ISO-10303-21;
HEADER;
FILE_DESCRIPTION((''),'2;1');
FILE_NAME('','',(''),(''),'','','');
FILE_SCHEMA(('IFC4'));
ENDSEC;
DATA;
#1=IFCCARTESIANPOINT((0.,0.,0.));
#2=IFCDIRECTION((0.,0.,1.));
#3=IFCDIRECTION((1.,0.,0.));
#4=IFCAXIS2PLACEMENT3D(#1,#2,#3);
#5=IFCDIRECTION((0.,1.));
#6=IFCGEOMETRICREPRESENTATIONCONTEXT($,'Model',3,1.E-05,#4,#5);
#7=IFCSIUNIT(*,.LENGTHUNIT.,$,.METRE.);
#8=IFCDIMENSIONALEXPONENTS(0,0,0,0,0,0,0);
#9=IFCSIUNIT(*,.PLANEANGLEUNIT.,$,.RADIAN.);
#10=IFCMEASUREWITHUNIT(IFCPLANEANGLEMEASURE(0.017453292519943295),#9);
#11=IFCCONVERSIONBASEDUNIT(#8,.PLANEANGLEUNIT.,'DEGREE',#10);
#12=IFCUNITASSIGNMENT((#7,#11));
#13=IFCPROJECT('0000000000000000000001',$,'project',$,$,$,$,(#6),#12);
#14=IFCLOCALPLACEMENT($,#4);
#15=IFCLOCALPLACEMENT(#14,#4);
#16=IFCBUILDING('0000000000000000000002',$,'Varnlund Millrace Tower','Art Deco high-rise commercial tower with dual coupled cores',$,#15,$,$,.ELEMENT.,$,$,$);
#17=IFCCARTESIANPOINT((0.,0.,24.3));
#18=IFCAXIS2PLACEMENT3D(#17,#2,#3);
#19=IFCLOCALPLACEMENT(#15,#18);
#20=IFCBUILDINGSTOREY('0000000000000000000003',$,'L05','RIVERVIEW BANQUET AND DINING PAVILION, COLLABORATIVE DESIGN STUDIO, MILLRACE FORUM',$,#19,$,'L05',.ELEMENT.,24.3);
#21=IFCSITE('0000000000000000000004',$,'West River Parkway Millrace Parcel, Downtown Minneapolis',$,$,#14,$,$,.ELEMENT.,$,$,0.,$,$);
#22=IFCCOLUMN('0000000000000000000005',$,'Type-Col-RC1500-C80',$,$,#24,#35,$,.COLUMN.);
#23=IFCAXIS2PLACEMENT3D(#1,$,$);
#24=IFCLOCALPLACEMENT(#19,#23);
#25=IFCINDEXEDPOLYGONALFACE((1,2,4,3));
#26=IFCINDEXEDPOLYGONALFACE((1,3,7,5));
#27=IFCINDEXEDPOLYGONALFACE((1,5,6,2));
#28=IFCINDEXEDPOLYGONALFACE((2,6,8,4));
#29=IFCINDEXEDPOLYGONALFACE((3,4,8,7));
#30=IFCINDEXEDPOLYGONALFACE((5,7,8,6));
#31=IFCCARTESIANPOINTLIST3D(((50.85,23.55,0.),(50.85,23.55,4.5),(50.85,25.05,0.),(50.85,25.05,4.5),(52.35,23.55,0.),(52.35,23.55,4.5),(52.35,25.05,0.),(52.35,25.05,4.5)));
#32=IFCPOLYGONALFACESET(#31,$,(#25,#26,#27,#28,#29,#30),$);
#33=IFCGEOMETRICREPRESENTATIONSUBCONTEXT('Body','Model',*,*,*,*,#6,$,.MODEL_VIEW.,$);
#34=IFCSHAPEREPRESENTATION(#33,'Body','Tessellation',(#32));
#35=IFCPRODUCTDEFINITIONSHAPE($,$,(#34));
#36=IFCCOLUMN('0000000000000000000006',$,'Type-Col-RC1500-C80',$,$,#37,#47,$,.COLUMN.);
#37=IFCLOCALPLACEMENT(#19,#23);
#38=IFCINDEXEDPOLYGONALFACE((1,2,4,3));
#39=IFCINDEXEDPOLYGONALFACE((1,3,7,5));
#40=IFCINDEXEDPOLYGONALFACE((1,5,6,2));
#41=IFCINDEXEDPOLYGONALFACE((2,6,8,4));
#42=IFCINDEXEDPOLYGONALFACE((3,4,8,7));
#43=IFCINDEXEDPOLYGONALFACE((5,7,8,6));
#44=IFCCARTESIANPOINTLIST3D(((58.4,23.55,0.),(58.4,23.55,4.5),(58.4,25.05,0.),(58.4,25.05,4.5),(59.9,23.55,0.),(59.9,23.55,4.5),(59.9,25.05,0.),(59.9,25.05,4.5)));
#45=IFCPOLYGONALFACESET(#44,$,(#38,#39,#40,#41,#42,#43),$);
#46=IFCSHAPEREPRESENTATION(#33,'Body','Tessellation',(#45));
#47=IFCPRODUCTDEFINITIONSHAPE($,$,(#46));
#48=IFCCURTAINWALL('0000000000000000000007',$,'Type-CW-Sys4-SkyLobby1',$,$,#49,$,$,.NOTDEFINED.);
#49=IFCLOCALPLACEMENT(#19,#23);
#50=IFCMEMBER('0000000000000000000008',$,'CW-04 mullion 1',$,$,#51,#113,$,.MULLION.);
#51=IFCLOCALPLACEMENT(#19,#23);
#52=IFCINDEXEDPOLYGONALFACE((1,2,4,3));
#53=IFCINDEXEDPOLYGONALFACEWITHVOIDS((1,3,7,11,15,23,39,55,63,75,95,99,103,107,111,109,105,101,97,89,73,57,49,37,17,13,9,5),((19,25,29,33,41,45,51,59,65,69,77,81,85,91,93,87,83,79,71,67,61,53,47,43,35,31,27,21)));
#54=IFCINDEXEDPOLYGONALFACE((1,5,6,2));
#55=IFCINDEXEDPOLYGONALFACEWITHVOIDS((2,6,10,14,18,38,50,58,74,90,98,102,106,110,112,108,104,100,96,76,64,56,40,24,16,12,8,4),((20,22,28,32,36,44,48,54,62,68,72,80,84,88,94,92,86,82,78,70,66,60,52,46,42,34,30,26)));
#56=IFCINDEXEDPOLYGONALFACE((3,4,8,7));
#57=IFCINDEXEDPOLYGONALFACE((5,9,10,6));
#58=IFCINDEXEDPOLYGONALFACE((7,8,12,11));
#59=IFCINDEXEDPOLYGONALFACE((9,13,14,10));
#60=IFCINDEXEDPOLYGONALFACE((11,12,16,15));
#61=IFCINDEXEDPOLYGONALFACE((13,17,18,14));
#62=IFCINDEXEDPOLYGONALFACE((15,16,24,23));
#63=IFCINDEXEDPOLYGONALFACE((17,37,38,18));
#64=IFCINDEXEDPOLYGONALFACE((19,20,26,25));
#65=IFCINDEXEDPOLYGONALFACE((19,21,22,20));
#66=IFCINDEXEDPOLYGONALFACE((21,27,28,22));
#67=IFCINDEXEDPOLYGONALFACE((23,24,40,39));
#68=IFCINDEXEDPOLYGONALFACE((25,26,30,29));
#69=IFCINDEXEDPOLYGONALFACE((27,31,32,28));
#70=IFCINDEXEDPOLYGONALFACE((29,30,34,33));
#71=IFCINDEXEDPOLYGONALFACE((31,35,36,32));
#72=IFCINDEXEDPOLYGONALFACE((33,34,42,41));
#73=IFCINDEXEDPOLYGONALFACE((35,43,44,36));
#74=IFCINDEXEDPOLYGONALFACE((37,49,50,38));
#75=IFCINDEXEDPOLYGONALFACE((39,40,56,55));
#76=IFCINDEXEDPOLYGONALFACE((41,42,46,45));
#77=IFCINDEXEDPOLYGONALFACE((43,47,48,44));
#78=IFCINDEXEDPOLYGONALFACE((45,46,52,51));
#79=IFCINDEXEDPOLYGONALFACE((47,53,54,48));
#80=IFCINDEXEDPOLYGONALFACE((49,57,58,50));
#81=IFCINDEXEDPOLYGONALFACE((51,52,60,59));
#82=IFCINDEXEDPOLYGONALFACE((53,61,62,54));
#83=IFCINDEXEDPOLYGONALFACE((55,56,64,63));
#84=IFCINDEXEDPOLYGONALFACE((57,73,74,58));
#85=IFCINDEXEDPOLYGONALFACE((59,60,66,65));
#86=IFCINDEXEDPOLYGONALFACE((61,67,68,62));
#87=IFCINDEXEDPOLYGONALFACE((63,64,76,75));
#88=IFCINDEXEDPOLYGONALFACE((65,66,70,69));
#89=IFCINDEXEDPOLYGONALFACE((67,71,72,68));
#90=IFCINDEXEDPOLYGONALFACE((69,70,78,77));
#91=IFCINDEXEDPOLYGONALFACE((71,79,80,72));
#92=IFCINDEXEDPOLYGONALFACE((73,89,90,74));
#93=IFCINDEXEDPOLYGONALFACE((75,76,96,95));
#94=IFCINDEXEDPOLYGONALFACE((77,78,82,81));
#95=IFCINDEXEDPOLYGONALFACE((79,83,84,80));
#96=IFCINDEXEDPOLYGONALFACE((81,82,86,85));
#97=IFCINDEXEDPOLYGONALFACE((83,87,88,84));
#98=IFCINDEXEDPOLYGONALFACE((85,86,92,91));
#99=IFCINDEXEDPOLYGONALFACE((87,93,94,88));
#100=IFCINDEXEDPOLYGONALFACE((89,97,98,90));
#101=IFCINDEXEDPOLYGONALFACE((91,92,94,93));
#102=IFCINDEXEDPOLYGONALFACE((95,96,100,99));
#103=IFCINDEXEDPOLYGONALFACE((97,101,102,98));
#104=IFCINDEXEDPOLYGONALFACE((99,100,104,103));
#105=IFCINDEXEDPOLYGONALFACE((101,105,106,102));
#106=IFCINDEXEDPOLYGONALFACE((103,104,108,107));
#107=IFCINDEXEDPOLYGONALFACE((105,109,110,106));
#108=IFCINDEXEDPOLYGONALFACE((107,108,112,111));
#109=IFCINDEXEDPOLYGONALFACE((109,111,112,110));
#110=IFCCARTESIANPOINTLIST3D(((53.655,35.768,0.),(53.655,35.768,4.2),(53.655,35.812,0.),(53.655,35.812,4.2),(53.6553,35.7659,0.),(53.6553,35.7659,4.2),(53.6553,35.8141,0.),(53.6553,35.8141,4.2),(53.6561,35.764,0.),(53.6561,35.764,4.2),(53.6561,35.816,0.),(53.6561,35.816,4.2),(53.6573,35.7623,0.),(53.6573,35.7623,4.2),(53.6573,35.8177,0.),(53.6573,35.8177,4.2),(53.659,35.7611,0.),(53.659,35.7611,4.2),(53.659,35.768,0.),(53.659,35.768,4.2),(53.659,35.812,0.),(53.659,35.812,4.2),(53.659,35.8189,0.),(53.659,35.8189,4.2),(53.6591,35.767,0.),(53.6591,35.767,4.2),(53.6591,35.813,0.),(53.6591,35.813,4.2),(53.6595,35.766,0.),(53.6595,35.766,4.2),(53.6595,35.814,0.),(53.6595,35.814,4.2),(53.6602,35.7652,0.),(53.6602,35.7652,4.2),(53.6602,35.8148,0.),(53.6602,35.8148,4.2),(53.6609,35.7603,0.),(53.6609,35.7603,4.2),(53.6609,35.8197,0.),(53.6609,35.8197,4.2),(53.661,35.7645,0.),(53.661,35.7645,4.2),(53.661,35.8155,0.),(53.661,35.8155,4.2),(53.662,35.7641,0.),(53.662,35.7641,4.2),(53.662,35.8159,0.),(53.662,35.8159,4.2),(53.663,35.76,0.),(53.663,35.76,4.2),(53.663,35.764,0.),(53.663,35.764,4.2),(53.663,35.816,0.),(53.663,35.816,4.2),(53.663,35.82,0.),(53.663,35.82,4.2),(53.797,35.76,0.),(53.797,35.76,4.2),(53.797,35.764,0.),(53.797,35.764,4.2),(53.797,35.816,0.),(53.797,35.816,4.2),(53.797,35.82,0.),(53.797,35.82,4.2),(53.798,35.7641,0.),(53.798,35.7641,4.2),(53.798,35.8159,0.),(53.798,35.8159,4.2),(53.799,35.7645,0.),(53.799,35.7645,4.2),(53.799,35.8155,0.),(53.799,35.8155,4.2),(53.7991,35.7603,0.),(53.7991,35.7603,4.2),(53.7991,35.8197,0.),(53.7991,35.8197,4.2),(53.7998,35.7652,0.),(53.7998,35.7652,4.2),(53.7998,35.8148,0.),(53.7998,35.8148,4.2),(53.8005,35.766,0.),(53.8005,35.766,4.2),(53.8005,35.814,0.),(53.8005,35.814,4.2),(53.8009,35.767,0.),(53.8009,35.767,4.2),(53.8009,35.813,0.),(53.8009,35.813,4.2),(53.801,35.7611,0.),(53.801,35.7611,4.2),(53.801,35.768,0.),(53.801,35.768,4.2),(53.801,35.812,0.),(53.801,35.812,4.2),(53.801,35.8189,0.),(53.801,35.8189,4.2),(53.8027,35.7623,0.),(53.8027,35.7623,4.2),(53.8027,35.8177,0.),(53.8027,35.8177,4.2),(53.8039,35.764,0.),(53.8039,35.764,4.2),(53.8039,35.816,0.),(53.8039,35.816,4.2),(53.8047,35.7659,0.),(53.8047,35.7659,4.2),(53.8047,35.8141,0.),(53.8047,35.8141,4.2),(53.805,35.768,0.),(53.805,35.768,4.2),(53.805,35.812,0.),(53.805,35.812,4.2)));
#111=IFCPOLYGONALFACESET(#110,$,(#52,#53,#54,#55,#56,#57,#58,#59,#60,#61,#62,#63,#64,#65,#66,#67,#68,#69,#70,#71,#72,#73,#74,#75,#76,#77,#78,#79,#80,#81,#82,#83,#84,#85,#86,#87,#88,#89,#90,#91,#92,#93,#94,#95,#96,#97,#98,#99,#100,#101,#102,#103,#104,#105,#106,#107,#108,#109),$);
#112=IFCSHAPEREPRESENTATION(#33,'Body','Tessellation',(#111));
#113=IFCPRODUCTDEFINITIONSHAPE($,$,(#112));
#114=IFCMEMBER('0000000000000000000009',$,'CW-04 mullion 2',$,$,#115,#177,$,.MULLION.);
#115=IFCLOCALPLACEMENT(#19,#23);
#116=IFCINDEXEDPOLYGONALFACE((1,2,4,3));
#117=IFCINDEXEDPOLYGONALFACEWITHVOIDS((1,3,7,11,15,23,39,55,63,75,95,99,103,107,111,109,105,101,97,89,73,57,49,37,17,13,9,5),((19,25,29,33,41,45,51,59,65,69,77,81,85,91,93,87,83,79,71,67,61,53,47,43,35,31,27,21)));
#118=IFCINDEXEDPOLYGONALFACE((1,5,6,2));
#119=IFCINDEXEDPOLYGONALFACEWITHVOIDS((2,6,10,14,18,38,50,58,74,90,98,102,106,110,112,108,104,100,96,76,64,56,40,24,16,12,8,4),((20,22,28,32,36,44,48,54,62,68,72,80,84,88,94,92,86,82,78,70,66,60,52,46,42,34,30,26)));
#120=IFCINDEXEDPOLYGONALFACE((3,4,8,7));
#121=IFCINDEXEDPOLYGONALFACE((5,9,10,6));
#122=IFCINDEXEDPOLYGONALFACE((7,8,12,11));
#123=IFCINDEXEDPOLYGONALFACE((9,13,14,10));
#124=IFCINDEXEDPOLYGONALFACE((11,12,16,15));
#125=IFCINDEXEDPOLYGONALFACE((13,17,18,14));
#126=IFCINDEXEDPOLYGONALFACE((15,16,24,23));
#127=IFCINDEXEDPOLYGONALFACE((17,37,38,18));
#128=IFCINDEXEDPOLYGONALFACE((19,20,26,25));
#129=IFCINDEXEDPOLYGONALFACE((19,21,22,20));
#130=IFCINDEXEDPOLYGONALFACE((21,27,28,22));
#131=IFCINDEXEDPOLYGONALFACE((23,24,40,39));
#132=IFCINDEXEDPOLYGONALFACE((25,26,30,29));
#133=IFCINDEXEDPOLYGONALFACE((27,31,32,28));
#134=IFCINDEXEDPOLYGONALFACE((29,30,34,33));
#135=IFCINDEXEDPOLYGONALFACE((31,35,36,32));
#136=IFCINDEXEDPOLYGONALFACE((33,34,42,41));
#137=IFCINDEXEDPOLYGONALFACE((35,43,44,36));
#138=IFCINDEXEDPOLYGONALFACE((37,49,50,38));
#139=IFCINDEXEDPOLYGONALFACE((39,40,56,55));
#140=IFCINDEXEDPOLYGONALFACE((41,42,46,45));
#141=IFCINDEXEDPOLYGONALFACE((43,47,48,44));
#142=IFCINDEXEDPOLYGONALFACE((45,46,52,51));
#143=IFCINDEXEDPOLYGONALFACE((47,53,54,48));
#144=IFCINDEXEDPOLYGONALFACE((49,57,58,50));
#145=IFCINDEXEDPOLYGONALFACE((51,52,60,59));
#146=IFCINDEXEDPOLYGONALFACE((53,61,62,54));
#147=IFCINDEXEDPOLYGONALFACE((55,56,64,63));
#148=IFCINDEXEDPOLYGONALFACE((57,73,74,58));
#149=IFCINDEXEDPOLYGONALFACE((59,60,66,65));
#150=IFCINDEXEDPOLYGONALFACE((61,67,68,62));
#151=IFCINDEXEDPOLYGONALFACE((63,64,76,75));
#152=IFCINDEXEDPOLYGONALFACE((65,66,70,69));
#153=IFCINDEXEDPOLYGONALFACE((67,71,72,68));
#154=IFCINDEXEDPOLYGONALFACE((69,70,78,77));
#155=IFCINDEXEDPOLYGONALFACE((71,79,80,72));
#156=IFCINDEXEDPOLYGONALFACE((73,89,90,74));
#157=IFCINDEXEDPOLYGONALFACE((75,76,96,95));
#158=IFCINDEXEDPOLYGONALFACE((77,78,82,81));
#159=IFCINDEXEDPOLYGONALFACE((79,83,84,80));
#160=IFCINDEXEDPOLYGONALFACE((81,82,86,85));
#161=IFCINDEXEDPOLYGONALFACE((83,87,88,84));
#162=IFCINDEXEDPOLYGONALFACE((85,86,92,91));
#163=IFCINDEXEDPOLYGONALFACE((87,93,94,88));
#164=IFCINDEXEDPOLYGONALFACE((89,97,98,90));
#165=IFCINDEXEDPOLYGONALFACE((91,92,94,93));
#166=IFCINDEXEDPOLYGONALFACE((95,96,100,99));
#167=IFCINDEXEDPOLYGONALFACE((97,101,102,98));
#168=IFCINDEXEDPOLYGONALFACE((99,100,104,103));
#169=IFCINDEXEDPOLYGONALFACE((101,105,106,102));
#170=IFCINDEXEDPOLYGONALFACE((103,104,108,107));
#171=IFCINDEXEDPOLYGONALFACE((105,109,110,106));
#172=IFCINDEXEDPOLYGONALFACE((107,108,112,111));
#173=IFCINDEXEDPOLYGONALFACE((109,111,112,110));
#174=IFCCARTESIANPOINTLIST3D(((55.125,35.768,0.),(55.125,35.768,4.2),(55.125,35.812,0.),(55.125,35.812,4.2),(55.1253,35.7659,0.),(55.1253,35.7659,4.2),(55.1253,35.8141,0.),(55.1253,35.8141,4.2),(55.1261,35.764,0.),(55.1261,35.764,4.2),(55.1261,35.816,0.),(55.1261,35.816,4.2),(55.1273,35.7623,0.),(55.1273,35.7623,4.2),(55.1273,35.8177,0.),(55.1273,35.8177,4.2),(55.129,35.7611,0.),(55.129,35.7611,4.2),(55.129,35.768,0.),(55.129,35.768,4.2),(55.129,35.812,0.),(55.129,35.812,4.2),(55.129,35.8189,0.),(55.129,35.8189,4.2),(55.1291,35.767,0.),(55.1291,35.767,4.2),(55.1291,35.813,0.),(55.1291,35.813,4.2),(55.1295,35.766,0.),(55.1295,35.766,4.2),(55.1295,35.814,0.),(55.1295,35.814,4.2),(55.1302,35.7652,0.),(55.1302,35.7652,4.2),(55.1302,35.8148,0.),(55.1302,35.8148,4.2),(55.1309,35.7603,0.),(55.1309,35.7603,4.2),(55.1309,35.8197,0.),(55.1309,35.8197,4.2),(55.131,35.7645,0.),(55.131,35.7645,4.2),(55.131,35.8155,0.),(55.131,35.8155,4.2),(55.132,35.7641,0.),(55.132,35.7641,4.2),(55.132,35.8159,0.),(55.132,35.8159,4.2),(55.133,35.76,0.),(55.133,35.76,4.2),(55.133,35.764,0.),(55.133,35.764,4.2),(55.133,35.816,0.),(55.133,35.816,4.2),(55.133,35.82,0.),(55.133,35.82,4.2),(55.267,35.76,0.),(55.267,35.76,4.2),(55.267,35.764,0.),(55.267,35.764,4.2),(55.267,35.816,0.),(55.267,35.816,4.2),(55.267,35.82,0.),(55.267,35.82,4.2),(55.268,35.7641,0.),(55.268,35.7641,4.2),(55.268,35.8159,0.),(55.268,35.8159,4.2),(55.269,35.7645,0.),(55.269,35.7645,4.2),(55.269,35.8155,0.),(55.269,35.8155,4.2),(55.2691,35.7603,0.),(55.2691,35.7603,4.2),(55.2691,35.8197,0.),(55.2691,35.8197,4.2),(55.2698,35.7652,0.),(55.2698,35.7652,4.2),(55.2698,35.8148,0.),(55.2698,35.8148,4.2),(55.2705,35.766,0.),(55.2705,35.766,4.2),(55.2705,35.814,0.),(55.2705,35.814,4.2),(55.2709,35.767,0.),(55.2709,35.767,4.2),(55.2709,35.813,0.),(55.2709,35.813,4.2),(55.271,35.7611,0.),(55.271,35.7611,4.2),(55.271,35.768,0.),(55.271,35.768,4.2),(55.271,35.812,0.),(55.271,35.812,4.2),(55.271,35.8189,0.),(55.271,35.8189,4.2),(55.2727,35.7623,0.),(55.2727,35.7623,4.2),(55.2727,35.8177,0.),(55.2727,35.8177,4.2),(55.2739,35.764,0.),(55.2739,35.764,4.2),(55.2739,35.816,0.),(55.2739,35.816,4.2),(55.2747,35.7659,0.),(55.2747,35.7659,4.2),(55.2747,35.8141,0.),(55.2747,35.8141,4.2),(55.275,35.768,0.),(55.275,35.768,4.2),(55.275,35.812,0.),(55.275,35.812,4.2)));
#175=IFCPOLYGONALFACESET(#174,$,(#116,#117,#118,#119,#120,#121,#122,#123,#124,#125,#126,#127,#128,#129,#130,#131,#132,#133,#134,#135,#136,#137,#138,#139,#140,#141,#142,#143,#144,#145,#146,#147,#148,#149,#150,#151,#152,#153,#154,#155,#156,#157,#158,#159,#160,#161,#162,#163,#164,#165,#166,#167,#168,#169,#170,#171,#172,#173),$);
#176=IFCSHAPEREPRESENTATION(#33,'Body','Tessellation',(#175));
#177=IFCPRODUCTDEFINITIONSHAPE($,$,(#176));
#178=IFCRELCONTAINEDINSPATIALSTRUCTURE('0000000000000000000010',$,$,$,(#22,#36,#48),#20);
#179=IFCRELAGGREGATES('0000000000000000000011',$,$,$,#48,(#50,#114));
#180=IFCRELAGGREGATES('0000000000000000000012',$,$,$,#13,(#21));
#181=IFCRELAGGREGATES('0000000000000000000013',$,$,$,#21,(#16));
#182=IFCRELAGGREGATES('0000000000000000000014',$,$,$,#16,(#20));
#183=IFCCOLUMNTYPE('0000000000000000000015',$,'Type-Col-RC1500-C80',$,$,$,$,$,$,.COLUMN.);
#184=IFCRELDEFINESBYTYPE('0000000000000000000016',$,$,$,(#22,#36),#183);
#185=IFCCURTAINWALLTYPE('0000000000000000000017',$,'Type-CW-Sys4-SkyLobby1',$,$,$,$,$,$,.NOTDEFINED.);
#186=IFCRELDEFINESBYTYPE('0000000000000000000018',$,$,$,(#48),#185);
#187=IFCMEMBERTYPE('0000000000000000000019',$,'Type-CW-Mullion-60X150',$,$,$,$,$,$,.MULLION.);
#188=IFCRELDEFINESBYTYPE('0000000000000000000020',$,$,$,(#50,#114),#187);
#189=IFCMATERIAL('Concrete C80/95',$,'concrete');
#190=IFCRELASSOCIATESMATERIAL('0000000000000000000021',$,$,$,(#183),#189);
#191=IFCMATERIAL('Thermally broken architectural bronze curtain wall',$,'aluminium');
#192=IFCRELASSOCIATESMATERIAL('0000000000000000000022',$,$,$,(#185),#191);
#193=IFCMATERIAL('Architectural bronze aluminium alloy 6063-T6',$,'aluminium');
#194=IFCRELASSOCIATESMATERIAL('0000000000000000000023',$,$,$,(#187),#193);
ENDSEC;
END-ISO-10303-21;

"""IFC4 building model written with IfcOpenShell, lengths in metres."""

from ifc_helpers import new_model, entity, si_unit, converted_unit, direction, frame, origin_with_axes, origin_2d_with_axis, place, context, subcontext, project, spatial, rectangle, hollow_rectangle, extrude, material, material_profile, profile_set, type_object, element, aggregate, save


model = new_model("IFC4")

# Units and contexts
model_context = context("Model", 3, precision=1e-05, world=origin_with_axes(), true_north=direction((0.0, 1.0)))
body_context = subcontext(model_context, "Body", "Model", "MODEL_VIEW")
ifc_project = project(units=[si_unit("LENGTHUNIT", "METRE"), converted_unit("PLANEANGLEUNIT", "DEGREE", entity("IfcPlaneAngleMeasure", 0.017453292519943295), si_unit("PLANEANGLEUNIT", "RADIAN"), dimensions=[0, 0, 0, 0, 0, 0, 0])], contexts=[model_context])

# Site, building, storey
site_placement = place(None, origin_with_axes())
site = spatial("IfcSite", under=ifc_project, at=site_placement, Name="West River Parkway Millrace Parcel, Downtown Minneapolis", CompositionType="ELEMENT", RefElevation=0.0)
building_placement = place(site_placement, origin_with_axes())
building = spatial("IfcBuilding", under=site, at=building_placement, Name="Varnlund Millrace Tower", Description="Art Deco high-rise commercial tower with dual coupled cores", CompositionType="ELEMENT")
storey_placement = place(building_placement, frame((0.0, 0.0, 24.3), z_axis=(0.0, 0.0, 1.0), x_axis=(1.0, 0.0, 0.0)))
storey = spatial("IfcBuildingStorey", under=building, at=storey_placement, Name="L05", Description="RIVERVIEW BANQUET AND DINING PAVILION, COLLABORATIVE DESIGN STUDIO, MILLRACE FORUM", LongName="L05", CompositionType="ELEMENT", Elevation=24.3)

# Columns
ifc_material_1 = material(Name="Concrete C80/95", Category="concrete")
ifc_material_profile_1 = material_profile(ifc_material_1, rectangle(XDim=1.5, YDim=1.5, at=origin_2d_with_axis()), Name="Concrete C80/95")
ifc_profile_set_1 = profile_set([ifc_material_profile_1], Name="Concrete C80/95")
column_type = type_object("IfcColumnType", Name="Type-Col-RC1500-C80", PredefinedType="COLUMN", material=ifc_profile_set_1)
for number, where, z_axis, x_axis, name in (
    (1, (51.6, 24.3, 0.0), (0.0, 0.0, 1.0), (1.0, 0.0, 0.0), "Type-Col-RC1500-C80"),
    (2, (59.15, 24.3, 0.0), (0.0, 0.0, 1.0), (1.0, 0.0, 0.0), "Type-Col-RC1500-C80"),
):
    element("IfcColumn", number, at=place(storey_placement, frame(where, z_axis=z_axis, x_axis=x_axis)), inside=storey, type_object=column_type, Name=name, PredefinedType="COLUMN", context=body_context, shape_type="SweptSolid", body=[
        extrude(rectangle(XDim=1.5, YDim=1.5, at=origin_2d_with_axis()), origin_with_axes(), (0.0, 0.0, 1.0), 4.5),
    ])

# Curtain wall, members
ifc_material_2 = material(Name="Thermally broken architectural bronze curtain wall", Category="aluminium")
curtain_wall_type = type_object("IfcCurtainWallType", Name="Type-CW-Sys4-SkyLobby1", PredefinedType="NOTDEFINED", material=ifc_material_2)
curtain_wall_placement = place(storey_placement, frame((53.7, 35.79, 0.0), z_axis=(0.0, 0.0, 1.0), x_axis=(1.0, 0.0, 0.0)))
curtain_wall = element("IfcCurtainWall", 3, at=curtain_wall_placement, inside=storey, type_object=curtain_wall_type, Name="Type-CW-Sys4-SkyLobby1", PredefinedType="NOTDEFINED")
ifc_material_3 = material(Name="Architectural bronze aluminium alloy 6063-T6", Category="aluminium")
ifc_material_profile_2 = material_profile(ifc_material_3, hollow_rectangle(XDim=0.06, YDim=0.15, WallThickness=0.004, InnerFilletRadius=0.004, OuterFilletRadius=0.008, at=origin_2d_with_axis()), Name="Architectural bronze aluminium alloy 6063-T6")
ifc_profile_set_2 = profile_set([ifc_material_profile_2], Name="Architectural bronze aluminium alloy 6063-T6")
member_type_1 = type_object("IfcMemberType", Name="Type-CW-Mullion-60X150", PredefinedType="MULLION", material=ifc_profile_set_2)
member_1_placement = place(storey_placement, frame((53.73, 35.79, 0.0), z_axis=(0.0, 0.0, 1.0), x_axis=(0.0, 1.0, 0.0)))
member_1 = element("IfcMember", 4, at=member_1_placement, type_object=member_type_1, Name="CW-04 mullion 1", PredefinedType="MULLION", context=body_context, shape_type="SweptSolid", body=[
    extrude(hollow_rectangle(XDim=0.06, YDim=0.15, WallThickness=0.004, InnerFilletRadius=0.004, OuterFilletRadius=0.008, at=origin_2d_with_axis()), origin_with_axes(), (0.0, 0.0, 1.0), 4.2),
])
member_2_placement = place(storey_placement, frame((55.2, 35.79, 0.0), z_axis=(0.0, 0.0, 1.0), x_axis=(0.0, 1.0, 0.0)))
member_2 = element("IfcMember", 5, at=member_2_placement, type_object=member_type_1, Name="CW-04 mullion 2", PredefinedType="MULLION", context=body_context, shape_type="SweptSolid", body=[
    extrude(hollow_rectangle(XDim=0.06, YDim=0.15, WallThickness=0.004, InnerFilletRadius=0.004, OuterFilletRadius=0.008, at=origin_2d_with_axis()), origin_with_axes(), (0.0, 0.0, 1.0), 4.2),
])

aggregate(curtain_wall, [member_1, member_2])

save(model, "model.ifc")
